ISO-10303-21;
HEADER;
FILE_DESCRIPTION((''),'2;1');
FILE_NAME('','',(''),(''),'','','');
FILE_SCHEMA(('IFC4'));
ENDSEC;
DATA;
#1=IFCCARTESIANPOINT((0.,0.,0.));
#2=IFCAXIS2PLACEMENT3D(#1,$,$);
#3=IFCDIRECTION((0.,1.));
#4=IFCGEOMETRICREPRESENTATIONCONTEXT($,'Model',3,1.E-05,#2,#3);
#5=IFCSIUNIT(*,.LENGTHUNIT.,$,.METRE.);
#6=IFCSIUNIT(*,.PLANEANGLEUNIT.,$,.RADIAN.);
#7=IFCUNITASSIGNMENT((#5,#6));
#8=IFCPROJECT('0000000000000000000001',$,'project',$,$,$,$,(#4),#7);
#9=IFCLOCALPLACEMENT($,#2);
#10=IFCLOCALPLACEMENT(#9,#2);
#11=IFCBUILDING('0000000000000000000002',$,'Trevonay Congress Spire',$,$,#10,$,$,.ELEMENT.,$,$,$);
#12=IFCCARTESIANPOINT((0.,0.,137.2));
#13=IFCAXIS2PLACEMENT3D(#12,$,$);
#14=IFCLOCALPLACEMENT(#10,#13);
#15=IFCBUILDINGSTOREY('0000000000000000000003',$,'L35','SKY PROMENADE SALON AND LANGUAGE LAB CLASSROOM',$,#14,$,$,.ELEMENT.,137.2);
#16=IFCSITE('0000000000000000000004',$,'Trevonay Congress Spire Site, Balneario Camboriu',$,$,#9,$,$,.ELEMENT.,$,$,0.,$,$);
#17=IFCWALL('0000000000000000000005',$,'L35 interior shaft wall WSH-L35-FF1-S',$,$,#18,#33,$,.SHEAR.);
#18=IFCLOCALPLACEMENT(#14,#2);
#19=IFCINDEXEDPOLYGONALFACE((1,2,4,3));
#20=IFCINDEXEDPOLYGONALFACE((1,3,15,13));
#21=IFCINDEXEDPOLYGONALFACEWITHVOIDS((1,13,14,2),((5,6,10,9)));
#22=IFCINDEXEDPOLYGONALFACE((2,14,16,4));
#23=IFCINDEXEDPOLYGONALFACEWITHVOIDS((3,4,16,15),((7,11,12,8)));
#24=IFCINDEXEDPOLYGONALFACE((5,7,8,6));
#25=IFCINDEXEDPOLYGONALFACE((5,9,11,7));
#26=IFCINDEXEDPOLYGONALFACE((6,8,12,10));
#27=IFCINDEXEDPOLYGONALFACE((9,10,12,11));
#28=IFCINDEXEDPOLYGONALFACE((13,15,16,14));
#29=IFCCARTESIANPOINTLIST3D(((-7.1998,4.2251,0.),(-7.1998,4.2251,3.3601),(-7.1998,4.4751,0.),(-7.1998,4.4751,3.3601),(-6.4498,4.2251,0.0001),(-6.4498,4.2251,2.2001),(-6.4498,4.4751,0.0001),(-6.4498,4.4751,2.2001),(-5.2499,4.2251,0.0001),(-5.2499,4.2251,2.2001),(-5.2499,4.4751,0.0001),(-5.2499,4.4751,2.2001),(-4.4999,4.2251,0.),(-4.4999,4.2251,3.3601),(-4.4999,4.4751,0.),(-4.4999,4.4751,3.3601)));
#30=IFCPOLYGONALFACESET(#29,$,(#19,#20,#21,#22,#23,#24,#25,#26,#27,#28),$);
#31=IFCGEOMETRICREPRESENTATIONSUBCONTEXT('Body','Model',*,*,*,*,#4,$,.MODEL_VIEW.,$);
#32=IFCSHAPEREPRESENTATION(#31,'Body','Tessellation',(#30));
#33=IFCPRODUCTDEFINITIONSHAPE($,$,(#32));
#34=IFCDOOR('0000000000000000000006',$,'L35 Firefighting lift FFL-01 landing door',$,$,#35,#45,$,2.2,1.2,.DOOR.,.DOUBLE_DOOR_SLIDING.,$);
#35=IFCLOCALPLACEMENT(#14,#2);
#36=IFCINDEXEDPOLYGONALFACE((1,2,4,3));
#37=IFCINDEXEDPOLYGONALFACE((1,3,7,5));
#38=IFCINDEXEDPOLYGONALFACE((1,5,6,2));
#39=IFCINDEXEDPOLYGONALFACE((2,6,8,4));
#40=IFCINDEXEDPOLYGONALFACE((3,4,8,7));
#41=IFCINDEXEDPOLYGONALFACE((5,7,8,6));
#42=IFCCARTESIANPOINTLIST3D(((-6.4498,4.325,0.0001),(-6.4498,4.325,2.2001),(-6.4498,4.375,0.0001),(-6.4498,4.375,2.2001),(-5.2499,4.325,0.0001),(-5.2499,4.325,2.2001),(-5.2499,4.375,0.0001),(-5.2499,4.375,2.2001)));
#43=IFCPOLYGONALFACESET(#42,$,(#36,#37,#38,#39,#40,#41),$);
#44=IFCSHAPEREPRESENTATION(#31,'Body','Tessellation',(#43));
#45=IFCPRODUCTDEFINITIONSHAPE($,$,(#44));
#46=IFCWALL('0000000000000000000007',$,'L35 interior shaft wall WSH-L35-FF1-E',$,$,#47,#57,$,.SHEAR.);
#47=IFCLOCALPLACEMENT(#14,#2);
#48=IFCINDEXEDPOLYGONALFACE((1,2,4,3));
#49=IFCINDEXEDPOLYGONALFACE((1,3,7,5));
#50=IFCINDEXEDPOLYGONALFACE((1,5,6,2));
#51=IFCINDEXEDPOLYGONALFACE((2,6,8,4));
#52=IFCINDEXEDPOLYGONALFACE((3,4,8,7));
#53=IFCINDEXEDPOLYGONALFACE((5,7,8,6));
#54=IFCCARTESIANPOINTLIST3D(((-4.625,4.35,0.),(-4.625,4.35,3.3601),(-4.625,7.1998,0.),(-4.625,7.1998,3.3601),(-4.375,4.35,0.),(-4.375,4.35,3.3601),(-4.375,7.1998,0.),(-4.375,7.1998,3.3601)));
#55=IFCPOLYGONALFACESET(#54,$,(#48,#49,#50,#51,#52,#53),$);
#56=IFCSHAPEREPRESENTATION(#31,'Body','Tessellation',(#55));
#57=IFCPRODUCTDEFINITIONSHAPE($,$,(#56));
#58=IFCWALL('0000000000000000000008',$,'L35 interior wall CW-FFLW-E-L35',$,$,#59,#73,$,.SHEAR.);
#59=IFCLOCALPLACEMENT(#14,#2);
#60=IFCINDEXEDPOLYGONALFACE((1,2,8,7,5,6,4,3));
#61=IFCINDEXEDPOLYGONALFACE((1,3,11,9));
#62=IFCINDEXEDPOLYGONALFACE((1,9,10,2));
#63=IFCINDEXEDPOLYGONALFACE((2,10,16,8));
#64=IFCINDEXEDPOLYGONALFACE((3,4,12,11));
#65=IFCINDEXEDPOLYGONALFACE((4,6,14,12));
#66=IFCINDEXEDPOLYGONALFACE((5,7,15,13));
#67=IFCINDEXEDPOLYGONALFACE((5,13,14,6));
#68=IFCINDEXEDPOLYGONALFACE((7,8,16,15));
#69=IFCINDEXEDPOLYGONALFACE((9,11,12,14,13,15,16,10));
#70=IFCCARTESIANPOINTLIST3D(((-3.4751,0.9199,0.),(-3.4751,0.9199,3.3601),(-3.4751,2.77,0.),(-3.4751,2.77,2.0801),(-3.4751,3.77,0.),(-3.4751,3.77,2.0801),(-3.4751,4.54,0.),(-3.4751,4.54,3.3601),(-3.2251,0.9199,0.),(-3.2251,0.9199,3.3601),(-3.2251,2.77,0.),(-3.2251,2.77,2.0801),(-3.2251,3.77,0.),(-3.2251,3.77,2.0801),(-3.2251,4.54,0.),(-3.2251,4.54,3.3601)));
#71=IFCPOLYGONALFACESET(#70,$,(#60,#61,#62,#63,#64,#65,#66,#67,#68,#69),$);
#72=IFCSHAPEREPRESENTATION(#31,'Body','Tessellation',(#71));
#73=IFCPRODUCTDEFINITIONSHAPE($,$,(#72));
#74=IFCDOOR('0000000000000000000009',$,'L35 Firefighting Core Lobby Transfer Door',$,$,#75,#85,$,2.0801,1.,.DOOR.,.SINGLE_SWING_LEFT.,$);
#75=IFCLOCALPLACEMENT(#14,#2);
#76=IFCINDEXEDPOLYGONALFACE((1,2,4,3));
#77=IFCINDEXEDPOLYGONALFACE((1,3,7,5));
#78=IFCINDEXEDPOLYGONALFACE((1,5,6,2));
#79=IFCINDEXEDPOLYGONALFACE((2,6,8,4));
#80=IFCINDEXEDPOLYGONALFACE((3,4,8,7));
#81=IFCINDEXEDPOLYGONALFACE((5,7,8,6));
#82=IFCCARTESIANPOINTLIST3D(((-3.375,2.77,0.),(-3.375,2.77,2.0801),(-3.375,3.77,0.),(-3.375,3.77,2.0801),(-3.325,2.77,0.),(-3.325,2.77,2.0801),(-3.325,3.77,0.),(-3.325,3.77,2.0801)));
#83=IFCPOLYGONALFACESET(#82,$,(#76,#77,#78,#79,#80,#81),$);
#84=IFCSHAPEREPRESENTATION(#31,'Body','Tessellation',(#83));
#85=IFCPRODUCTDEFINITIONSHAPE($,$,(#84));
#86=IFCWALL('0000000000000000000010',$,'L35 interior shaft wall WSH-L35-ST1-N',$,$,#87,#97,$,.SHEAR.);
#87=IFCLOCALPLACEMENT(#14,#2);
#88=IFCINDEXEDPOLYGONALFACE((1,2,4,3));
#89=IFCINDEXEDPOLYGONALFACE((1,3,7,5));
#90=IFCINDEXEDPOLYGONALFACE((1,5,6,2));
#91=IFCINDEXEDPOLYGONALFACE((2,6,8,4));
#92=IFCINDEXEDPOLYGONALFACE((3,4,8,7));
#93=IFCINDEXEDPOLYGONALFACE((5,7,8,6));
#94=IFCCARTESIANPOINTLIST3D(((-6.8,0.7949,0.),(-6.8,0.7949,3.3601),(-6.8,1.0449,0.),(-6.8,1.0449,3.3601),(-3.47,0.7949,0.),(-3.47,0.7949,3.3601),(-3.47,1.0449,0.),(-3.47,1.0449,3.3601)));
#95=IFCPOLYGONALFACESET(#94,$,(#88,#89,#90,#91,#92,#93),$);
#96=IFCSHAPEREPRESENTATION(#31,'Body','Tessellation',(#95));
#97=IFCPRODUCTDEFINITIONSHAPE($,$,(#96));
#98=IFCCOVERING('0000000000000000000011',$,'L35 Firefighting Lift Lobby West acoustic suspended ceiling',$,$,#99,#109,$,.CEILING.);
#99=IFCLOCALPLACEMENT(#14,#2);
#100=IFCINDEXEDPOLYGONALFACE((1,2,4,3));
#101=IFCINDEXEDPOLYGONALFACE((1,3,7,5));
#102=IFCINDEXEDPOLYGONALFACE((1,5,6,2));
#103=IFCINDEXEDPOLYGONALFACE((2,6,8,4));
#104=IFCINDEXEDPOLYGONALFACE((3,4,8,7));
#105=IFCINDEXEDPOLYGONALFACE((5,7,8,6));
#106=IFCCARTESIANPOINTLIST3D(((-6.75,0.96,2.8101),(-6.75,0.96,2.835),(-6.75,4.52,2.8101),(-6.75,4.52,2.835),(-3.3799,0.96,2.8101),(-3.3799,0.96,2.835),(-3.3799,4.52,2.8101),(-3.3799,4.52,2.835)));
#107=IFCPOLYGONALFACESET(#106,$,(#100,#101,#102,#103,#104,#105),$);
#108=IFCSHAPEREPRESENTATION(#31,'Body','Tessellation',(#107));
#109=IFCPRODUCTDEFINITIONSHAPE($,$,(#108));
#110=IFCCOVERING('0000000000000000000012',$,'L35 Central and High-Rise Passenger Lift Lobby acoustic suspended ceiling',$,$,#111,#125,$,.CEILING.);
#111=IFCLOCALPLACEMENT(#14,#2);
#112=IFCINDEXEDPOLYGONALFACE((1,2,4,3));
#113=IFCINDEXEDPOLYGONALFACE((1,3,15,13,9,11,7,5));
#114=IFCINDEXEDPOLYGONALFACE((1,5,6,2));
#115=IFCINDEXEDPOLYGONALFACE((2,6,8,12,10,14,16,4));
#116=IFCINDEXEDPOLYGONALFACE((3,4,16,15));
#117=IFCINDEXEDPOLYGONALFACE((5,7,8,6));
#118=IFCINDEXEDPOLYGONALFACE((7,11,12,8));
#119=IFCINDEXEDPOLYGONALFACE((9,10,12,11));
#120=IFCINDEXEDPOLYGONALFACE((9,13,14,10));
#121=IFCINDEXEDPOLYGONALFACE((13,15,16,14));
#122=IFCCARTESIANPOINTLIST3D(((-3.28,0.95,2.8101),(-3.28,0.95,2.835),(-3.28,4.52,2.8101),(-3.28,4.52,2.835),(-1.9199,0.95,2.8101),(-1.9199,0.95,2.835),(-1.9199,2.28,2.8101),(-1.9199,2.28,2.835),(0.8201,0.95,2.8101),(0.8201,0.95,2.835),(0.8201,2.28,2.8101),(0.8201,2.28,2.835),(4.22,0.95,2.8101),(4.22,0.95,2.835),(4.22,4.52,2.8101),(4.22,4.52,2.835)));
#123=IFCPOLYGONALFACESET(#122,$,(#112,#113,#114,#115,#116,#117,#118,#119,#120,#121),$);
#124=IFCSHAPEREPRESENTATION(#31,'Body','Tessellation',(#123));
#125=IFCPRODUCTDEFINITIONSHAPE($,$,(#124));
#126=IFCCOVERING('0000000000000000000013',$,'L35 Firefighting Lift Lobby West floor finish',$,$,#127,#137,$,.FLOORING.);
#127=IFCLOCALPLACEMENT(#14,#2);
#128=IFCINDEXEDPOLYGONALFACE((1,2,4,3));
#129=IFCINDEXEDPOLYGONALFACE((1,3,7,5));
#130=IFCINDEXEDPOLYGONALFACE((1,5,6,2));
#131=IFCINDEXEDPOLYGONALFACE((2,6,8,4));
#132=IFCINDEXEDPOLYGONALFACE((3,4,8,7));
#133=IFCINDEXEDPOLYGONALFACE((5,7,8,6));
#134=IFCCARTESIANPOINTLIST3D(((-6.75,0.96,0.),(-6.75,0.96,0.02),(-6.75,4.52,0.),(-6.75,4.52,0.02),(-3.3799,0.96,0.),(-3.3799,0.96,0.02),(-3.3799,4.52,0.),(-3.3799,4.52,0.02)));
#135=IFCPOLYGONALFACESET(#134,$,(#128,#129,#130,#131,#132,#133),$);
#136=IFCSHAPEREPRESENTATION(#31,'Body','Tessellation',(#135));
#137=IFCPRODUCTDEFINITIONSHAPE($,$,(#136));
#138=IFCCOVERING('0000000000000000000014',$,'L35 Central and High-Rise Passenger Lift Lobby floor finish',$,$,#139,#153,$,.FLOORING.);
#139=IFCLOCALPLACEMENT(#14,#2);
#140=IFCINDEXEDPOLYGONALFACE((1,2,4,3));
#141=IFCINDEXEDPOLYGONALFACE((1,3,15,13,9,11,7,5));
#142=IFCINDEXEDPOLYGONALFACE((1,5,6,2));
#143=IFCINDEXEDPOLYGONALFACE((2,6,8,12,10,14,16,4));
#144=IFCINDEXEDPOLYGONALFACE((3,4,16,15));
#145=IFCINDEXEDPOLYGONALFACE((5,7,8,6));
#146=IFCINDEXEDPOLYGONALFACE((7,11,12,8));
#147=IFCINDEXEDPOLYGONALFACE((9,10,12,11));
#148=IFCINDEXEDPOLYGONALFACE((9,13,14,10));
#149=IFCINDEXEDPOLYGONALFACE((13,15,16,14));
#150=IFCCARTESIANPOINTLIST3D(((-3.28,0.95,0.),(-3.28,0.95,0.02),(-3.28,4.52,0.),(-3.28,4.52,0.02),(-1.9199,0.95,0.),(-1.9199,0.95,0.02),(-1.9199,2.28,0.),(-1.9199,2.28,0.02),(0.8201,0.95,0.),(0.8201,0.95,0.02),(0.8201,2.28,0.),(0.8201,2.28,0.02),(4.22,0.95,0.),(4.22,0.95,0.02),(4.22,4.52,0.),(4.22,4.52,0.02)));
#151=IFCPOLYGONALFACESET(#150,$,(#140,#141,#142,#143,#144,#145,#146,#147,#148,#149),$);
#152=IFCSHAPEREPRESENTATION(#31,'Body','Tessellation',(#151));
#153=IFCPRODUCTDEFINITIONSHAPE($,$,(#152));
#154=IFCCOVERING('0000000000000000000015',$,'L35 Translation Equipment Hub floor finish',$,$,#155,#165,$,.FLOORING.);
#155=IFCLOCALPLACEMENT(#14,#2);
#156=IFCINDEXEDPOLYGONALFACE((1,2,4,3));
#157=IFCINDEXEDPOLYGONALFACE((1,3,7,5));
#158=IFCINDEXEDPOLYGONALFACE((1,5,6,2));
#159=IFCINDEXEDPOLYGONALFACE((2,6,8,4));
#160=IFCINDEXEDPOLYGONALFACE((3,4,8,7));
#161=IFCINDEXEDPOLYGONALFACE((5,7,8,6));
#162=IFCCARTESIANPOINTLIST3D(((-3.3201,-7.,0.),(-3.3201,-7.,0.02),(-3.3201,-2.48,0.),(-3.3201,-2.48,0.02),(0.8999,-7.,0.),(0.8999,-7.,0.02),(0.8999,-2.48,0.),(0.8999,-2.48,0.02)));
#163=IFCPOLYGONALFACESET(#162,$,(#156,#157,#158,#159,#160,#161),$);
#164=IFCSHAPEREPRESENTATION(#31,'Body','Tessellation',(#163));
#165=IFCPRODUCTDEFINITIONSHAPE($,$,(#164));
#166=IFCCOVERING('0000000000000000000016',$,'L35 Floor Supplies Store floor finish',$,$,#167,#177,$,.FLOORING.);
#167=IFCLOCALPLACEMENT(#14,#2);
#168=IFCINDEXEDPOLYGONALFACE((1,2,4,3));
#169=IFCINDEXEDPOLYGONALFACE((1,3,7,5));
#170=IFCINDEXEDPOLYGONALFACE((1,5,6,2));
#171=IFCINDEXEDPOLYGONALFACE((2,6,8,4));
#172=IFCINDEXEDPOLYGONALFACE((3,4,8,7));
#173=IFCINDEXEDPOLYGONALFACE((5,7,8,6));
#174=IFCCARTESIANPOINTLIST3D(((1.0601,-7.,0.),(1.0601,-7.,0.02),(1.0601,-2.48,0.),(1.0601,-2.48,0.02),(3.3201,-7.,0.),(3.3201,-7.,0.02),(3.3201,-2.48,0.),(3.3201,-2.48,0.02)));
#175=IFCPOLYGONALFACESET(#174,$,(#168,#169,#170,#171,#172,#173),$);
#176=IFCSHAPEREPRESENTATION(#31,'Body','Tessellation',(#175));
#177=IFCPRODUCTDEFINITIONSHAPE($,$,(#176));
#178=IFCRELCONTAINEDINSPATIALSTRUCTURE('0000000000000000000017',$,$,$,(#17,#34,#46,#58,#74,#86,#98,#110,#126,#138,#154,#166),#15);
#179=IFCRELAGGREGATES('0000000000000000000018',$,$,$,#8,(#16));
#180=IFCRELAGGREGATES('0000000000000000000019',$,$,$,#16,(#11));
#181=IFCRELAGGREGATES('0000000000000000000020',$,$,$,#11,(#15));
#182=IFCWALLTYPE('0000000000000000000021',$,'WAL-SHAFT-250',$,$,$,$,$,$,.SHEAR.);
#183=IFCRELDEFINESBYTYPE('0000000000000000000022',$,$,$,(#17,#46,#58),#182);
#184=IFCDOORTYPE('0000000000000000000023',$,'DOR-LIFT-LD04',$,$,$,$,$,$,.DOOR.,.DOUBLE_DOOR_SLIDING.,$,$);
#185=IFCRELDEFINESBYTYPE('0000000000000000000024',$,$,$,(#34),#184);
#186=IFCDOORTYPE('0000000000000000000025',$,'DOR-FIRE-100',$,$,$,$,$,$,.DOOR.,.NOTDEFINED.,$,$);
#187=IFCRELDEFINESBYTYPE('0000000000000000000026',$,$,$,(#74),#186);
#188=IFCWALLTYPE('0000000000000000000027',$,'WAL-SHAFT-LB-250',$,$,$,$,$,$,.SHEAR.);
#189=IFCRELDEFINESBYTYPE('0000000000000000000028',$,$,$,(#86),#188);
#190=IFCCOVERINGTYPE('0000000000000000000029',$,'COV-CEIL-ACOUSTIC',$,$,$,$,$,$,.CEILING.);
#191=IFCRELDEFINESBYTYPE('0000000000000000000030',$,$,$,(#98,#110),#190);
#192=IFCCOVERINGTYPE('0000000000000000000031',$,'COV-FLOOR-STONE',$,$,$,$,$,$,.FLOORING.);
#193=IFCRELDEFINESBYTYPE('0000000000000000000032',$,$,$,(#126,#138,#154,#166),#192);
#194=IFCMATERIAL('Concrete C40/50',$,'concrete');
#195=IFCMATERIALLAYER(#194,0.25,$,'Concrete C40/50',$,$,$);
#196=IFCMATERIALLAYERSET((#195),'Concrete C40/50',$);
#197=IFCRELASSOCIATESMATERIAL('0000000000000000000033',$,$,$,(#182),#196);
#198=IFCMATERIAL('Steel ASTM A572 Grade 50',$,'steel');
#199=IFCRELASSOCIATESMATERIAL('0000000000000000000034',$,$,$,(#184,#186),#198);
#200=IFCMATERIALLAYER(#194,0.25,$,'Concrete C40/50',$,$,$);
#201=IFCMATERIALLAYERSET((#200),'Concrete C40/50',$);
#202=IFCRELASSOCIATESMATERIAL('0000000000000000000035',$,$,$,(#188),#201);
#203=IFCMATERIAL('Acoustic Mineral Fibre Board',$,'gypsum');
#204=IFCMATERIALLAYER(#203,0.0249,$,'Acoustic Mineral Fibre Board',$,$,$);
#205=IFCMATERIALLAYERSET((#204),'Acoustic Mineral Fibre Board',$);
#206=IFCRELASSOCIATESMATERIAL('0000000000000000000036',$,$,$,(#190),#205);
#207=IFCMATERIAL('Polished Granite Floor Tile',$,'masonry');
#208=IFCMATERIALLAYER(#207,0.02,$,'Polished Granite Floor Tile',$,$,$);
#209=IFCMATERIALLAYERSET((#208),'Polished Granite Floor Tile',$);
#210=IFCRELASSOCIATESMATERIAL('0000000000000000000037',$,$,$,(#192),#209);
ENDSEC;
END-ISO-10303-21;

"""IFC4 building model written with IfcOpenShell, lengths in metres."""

from ifc_helpers import new_model, si_unit, direction, frame, frame_2d, origin, place, context, subcontext, project, spatial, polyline, rectangle, outline, extrude, material, layer, layer_set, type_object, element, fill, save


model = new_model("IFC4")

# Units and contexts
model_context = context("Model", 3, precision=1e-05, world=origin(), true_north=direction((0.0, 1.0)))
body_context = subcontext(model_context, "Body", "Model", "MODEL_VIEW")
ifc_project = project(units=[si_unit("LENGTHUNIT", "METRE"), si_unit("PLANEANGLEUNIT", "RADIAN")], contexts=[model_context])

# Site, building, storey
site_placement = place(None, origin())
site = spatial("IfcSite", under=ifc_project, at=site_placement, Name="Trevonay Congress Spire Site, Balneario Camboriu", CompositionType="ELEMENT", RefElevation=0.0)
building_placement = place(site_placement, origin())
building = spatial("IfcBuilding", under=site, at=building_placement, Name="Trevonay Congress Spire", CompositionType="ELEMENT")
storey_placement = place(building_placement, frame((0.0, 0.0, 137.2)))
storey = spatial("IfcBuildingStorey", under=building, at=storey_placement, Name="L35", Description="SKY PROMENADE SALON AND LANGUAGE LAB CLASSROOM", CompositionType="ELEMENT", Elevation=137.2)

# Shared definitions
ifc_material_1 = material(Name="Steel ASTM A572 Grade 50", Category="steel")

# Shared definitions
ifc_material_2 = material(Name="Concrete C40/50", Category="concrete")

# Shared definitions
ifc_layer_1 = layer(ifc_material_2, 0.25, Name="Concrete C40/50")
ifc_layer_set_1 = layer_set([ifc_layer_1], Name="Concrete C40/50")
wall_type_1 = type_object("IfcWallType", Name="WAL-SHAFT-250", PredefinedType="SHEAR", material=ifc_layer_set_1)

# Wall, opening, door
wall_1_placement = place(storey_placement, frame((-7.2, 4.3501, 0.0), z_axis=(0.0, 0.0, 1.0), x_axis=(1.0, 0.0, 0.0)))
wall_1 = element("IfcWall", 1, at=wall_1_placement, inside=storey, type_object=wall_type_1, Name="L35 interior shaft wall WSH-L35-FF1-S", PredefinedType="SHEAR", context=body_context, shape_type="SweptSolid", body=[
    extrude(rectangle(XDim=2.7, YDim=0.25, at=frame_2d((1.3501, 0.0))), origin(), (0.0, 0.0, 1.0), 3.3601),
])
opening_1_placement = place(wall_1_placement, frame((0.75, 0.0, 0.0)))
opening_1 = element("IfcOpeningElement", 2, at=opening_1_placement, cuts=wall_1, PredefinedType="OPENING", context=body_context, shape_type="SweptSolid", body=[
    extrude(rectangle(XDim=1.2, YDim=2.2, at=frame_2d((0.6001, 1.1001))), frame((0.0, 0.135, 0.0), z_axis=(0.0, -1.0, 0.0), x_axis=(1.0, 0.0, 0.0)), (0.0, 0.0, 1.0), 0.27),
])
door_type_1 = type_object("IfcDoorType", Name="DOR-LIFT-LD04", OperationType="DOUBLE_DOOR_SLIDING", PredefinedType="DOOR", material=ifc_material_1)
door_1_placement = place(opening_1_placement, origin())
door_1 = element("IfcDoor", 3, at=door_1_placement, inside=storey, type_object=door_type_1, Name="L35 Firefighting lift FFL-01 landing door", OperationType="DOUBLE_DOOR_SLIDING", OverallHeight=2.2, OverallWidth=1.2, PredefinedType="DOOR", context=body_context, shape_type="SweptSolid", body=[
    extrude(rectangle(XDim=1.2, YDim=2.2, at=frame_2d((0.6001, 1.1001))), frame((0.0, 0.0249, 0.0), z_axis=(0.0, -1.0, 0.0), x_axis=(1.0, 0.0, 0.0)), (0.0, 0.0, 1.0), 0.05),
])
fill(opening_1, door_1)

# Wall
wall_2_placement = place(storey_placement, frame((-4.5, 4.3501, 0.0), z_axis=(0.0, 0.0, 1.0), x_axis=(0.0, 1.0, 0.0)))
element("IfcWall", 4, at=wall_2_placement, inside=storey, type_object=wall_type_1, Name="L35 interior shaft wall WSH-L35-FF1-E", PredefinedType="SHEAR", context=body_context, shape_type="SweptSolid", body=[
    extrude(rectangle(XDim=2.8499, YDim=0.25, at=frame_2d((1.4248, 0.0))), origin(), (0.0, 0.0, 1.0), 3.3601),
])

# Wall, opening, door
wall_3_placement = place(storey_placement, frame((-3.3501, 0.9199, 0.0), z_axis=(0.0, 0.0, 1.0), x_axis=(0.0, 1.0, 0.0)))
wall_3 = element("IfcWall", 5, at=wall_3_placement, inside=storey, type_object=wall_type_1, Name="L35 interior wall CW-FFLW-E-L35", PredefinedType="SHEAR", context=body_context, shape_type="SweptSolid", body=[
    extrude(rectangle(XDim=3.6201, YDim=0.25, at=frame_2d((1.8101, 0.0))), origin(), (0.0, 0.0, 1.0), 3.3601),
])
opening_2_placement = place(wall_3_placement, frame((1.8501, 0.0, 0.0)))
opening_2 = element("IfcOpeningElement", 6, at=opening_2_placement, cuts=wall_3, PredefinedType="OPENING", context=body_context, shape_type="SweptSolid", body=[
    extrude(rectangle(XDim=1.0, YDim=2.0801, at=frame_2d((0.5, 1.04))), frame((0.0, 0.135, 0.0), z_axis=(0.0, -1.0, 0.0), x_axis=(1.0, 0.0, 0.0)), (0.0, 0.0, 1.0), 0.27),
])
door_type_2 = type_object("IfcDoorType", Name="DOR-FIRE-100", OperationType="NOTDEFINED", PredefinedType="DOOR", material=ifc_material_1)
door_2_placement = place(opening_2_placement, origin())
door_2 = element("IfcDoor", 7, at=door_2_placement, inside=storey, type_object=door_type_2, Name="L35 Firefighting Core Lobby Transfer Door", OperationType="SINGLE_SWING_LEFT", OverallHeight=2.0801, OverallWidth=1.0, PredefinedType="DOOR", context=body_context, shape_type="SweptSolid", body=[
    extrude(rectangle(XDim=1.0, YDim=2.0801, at=frame_2d((0.5, 1.04))), frame((0.0, 0.0249, 0.0), z_axis=(0.0, -1.0, 0.0), x_axis=(1.0, 0.0, 0.0)), (0.0, 0.0, 1.0), 0.05),
])
fill(opening_2, door_2)

# Wall
ifc_layer_2 = layer(ifc_material_2, 0.25, Name="Concrete C40/50")
ifc_layer_set_2 = layer_set([ifc_layer_2], Name="Concrete C40/50")
wall_type_2 = type_object("IfcWallType", Name="WAL-SHAFT-LB-250", PredefinedType="SHEAR", material=ifc_layer_set_2)
wall_4_placement = place(storey_placement, frame((-6.8, 0.9199, 0.0), z_axis=(0.0, 0.0, 1.0), x_axis=(1.0, 0.0, 0.0)))
element("IfcWall", 8, at=wall_4_placement, inside=storey, type_object=wall_type_2, Name="L35 interior shaft wall WSH-L35-ST1-N", PredefinedType="SHEAR", context=body_context, shape_type="SweptSolid", body=[
    extrude(rectangle(XDim=3.3301, YDim=0.25, at=frame_2d((1.665, 0.0))), origin(), (0.0, 0.0, 1.0), 3.3601),
])

# Coverings
ifc_material_3 = material(Name="Acoustic Mineral Fibre Board", Category="gypsum")
ifc_layer_3 = layer(ifc_material_3, 0.0249, Name="Acoustic Mineral Fibre Board")
ifc_layer_set_3 = layer_set([ifc_layer_3], Name="Acoustic Mineral Fibre Board")
covering_type_1 = type_object("IfcCoveringType", Name="COV-CEIL-ACOUSTIC", PredefinedType="CEILING", material=ifc_layer_set_3)
covering_1_placement = place(storey_placement, frame((0.0, 0.0, 2.8101)))
element("IfcCovering", 9, at=covering_1_placement, inside=storey, type_object=covering_type_1, Name="L35 Firefighting Lift Lobby West acoustic suspended ceiling", PredefinedType="CEILING", context=body_context, shape_type="SweptSolid", body=[
    extrude(outline(polyline([(-6.75, 0.96), (-3.3799, 0.96), (-3.3799, 4.52), (-6.75, 4.52), (-6.75, 0.96)])), origin(), (0.0, 0.0, 1.0), 0.0249),
])
covering_2_placement = place(storey_placement, frame((0.0, 0.0, 2.8101)))
element("IfcCovering", 10, at=covering_2_placement, inside=storey, type_object=covering_type_1, Name="L35 Central and High-Rise Passenger Lift Lobby acoustic suspended ceiling", PredefinedType="CEILING", context=body_context, shape_type="SweptSolid", body=[
    extrude(outline(polyline([(-3.28, 0.95), (-1.9199, 0.95), (-1.9199, 2.28), (0.8201, 2.28), (0.8201, 0.95), (4.22, 0.95), (4.22, 4.52), (-3.28, 4.52), (-3.28, 0.95)])), origin(), (0.0, 0.0, 1.0), 0.0249),
])
ifc_material_4 = material(Name="Polished Granite Floor Tile", Category="masonry")
ifc_layer_4 = layer(ifc_material_4, 0.02, Name="Polished Granite Floor Tile")
ifc_layer_set_4 = layer_set([ifc_layer_4], Name="Polished Granite Floor Tile")
covering_type_2 = type_object("IfcCoveringType", Name="COV-FLOOR-STONE", PredefinedType="FLOORING", material=ifc_layer_set_4)
covering_3_placement = place(storey_placement, origin())
element("IfcCovering", 11, at=covering_3_placement, inside=storey, type_object=covering_type_2, Name="L35 Firefighting Lift Lobby West floor finish", PredefinedType="FLOORING", context=body_context, shape_type="SweptSolid", body=[
    extrude(outline(polyline([(-6.75, 0.96), (-3.3799, 0.96), (-3.3799, 4.52), (-6.75, 4.52), (-6.75, 0.96)])), origin(), (0.0, 0.0, 1.0), 0.02),
])
covering_4_placement = place(storey_placement, origin())
element("IfcCovering", 12, at=covering_4_placement, inside=storey, type_object=covering_type_2, Name="L35 Central and High-Rise Passenger Lift Lobby floor finish", PredefinedType="FLOORING", context=body_context, shape_type="SweptSolid", body=[
    extrude(outline(polyline([(-3.28, 0.95), (-1.9199, 0.95), (-1.9199, 2.28), (0.8201, 2.28), (0.8201, 0.95), (4.22, 0.95), (4.22, 4.52), (-3.28, 4.52), (-3.28, 0.95)])), origin(), (0.0, 0.0, 1.0), 0.02),
])
covering_5_placement = place(storey_placement, origin())
element("IfcCovering", 13, at=covering_5_placement, inside=storey, type_object=covering_type_2, Name="L35 Translation Equipment Hub floor finish", PredefinedType="FLOORING", context=body_context, shape_type="SweptSolid", body=[
    extrude(outline(polyline([(-3.3201, -7.0), (0.8999, -7.0), (0.8999, -2.48), (-3.3201, -2.48), (-3.3201, -7.0)])), origin(), (0.0, 0.0, 1.0), 0.02),
])
covering_6_placement = place(storey_placement, origin())
element("IfcCovering", 14, at=covering_6_placement, inside=storey, type_object=covering_type_2, Name="L35 Floor Supplies Store floor finish", PredefinedType="FLOORING", context=body_context, shape_type="SweptSolid", body=[
    extrude(outline(polyline([(1.0601, -7.0), (3.3201, -7.0), (3.3201, -2.48), (1.0601, -2.48), (1.0601, -7.0)])), origin(), (0.0, 0.0, 1.0), 0.02),
])

save(model, "model.ifc")
